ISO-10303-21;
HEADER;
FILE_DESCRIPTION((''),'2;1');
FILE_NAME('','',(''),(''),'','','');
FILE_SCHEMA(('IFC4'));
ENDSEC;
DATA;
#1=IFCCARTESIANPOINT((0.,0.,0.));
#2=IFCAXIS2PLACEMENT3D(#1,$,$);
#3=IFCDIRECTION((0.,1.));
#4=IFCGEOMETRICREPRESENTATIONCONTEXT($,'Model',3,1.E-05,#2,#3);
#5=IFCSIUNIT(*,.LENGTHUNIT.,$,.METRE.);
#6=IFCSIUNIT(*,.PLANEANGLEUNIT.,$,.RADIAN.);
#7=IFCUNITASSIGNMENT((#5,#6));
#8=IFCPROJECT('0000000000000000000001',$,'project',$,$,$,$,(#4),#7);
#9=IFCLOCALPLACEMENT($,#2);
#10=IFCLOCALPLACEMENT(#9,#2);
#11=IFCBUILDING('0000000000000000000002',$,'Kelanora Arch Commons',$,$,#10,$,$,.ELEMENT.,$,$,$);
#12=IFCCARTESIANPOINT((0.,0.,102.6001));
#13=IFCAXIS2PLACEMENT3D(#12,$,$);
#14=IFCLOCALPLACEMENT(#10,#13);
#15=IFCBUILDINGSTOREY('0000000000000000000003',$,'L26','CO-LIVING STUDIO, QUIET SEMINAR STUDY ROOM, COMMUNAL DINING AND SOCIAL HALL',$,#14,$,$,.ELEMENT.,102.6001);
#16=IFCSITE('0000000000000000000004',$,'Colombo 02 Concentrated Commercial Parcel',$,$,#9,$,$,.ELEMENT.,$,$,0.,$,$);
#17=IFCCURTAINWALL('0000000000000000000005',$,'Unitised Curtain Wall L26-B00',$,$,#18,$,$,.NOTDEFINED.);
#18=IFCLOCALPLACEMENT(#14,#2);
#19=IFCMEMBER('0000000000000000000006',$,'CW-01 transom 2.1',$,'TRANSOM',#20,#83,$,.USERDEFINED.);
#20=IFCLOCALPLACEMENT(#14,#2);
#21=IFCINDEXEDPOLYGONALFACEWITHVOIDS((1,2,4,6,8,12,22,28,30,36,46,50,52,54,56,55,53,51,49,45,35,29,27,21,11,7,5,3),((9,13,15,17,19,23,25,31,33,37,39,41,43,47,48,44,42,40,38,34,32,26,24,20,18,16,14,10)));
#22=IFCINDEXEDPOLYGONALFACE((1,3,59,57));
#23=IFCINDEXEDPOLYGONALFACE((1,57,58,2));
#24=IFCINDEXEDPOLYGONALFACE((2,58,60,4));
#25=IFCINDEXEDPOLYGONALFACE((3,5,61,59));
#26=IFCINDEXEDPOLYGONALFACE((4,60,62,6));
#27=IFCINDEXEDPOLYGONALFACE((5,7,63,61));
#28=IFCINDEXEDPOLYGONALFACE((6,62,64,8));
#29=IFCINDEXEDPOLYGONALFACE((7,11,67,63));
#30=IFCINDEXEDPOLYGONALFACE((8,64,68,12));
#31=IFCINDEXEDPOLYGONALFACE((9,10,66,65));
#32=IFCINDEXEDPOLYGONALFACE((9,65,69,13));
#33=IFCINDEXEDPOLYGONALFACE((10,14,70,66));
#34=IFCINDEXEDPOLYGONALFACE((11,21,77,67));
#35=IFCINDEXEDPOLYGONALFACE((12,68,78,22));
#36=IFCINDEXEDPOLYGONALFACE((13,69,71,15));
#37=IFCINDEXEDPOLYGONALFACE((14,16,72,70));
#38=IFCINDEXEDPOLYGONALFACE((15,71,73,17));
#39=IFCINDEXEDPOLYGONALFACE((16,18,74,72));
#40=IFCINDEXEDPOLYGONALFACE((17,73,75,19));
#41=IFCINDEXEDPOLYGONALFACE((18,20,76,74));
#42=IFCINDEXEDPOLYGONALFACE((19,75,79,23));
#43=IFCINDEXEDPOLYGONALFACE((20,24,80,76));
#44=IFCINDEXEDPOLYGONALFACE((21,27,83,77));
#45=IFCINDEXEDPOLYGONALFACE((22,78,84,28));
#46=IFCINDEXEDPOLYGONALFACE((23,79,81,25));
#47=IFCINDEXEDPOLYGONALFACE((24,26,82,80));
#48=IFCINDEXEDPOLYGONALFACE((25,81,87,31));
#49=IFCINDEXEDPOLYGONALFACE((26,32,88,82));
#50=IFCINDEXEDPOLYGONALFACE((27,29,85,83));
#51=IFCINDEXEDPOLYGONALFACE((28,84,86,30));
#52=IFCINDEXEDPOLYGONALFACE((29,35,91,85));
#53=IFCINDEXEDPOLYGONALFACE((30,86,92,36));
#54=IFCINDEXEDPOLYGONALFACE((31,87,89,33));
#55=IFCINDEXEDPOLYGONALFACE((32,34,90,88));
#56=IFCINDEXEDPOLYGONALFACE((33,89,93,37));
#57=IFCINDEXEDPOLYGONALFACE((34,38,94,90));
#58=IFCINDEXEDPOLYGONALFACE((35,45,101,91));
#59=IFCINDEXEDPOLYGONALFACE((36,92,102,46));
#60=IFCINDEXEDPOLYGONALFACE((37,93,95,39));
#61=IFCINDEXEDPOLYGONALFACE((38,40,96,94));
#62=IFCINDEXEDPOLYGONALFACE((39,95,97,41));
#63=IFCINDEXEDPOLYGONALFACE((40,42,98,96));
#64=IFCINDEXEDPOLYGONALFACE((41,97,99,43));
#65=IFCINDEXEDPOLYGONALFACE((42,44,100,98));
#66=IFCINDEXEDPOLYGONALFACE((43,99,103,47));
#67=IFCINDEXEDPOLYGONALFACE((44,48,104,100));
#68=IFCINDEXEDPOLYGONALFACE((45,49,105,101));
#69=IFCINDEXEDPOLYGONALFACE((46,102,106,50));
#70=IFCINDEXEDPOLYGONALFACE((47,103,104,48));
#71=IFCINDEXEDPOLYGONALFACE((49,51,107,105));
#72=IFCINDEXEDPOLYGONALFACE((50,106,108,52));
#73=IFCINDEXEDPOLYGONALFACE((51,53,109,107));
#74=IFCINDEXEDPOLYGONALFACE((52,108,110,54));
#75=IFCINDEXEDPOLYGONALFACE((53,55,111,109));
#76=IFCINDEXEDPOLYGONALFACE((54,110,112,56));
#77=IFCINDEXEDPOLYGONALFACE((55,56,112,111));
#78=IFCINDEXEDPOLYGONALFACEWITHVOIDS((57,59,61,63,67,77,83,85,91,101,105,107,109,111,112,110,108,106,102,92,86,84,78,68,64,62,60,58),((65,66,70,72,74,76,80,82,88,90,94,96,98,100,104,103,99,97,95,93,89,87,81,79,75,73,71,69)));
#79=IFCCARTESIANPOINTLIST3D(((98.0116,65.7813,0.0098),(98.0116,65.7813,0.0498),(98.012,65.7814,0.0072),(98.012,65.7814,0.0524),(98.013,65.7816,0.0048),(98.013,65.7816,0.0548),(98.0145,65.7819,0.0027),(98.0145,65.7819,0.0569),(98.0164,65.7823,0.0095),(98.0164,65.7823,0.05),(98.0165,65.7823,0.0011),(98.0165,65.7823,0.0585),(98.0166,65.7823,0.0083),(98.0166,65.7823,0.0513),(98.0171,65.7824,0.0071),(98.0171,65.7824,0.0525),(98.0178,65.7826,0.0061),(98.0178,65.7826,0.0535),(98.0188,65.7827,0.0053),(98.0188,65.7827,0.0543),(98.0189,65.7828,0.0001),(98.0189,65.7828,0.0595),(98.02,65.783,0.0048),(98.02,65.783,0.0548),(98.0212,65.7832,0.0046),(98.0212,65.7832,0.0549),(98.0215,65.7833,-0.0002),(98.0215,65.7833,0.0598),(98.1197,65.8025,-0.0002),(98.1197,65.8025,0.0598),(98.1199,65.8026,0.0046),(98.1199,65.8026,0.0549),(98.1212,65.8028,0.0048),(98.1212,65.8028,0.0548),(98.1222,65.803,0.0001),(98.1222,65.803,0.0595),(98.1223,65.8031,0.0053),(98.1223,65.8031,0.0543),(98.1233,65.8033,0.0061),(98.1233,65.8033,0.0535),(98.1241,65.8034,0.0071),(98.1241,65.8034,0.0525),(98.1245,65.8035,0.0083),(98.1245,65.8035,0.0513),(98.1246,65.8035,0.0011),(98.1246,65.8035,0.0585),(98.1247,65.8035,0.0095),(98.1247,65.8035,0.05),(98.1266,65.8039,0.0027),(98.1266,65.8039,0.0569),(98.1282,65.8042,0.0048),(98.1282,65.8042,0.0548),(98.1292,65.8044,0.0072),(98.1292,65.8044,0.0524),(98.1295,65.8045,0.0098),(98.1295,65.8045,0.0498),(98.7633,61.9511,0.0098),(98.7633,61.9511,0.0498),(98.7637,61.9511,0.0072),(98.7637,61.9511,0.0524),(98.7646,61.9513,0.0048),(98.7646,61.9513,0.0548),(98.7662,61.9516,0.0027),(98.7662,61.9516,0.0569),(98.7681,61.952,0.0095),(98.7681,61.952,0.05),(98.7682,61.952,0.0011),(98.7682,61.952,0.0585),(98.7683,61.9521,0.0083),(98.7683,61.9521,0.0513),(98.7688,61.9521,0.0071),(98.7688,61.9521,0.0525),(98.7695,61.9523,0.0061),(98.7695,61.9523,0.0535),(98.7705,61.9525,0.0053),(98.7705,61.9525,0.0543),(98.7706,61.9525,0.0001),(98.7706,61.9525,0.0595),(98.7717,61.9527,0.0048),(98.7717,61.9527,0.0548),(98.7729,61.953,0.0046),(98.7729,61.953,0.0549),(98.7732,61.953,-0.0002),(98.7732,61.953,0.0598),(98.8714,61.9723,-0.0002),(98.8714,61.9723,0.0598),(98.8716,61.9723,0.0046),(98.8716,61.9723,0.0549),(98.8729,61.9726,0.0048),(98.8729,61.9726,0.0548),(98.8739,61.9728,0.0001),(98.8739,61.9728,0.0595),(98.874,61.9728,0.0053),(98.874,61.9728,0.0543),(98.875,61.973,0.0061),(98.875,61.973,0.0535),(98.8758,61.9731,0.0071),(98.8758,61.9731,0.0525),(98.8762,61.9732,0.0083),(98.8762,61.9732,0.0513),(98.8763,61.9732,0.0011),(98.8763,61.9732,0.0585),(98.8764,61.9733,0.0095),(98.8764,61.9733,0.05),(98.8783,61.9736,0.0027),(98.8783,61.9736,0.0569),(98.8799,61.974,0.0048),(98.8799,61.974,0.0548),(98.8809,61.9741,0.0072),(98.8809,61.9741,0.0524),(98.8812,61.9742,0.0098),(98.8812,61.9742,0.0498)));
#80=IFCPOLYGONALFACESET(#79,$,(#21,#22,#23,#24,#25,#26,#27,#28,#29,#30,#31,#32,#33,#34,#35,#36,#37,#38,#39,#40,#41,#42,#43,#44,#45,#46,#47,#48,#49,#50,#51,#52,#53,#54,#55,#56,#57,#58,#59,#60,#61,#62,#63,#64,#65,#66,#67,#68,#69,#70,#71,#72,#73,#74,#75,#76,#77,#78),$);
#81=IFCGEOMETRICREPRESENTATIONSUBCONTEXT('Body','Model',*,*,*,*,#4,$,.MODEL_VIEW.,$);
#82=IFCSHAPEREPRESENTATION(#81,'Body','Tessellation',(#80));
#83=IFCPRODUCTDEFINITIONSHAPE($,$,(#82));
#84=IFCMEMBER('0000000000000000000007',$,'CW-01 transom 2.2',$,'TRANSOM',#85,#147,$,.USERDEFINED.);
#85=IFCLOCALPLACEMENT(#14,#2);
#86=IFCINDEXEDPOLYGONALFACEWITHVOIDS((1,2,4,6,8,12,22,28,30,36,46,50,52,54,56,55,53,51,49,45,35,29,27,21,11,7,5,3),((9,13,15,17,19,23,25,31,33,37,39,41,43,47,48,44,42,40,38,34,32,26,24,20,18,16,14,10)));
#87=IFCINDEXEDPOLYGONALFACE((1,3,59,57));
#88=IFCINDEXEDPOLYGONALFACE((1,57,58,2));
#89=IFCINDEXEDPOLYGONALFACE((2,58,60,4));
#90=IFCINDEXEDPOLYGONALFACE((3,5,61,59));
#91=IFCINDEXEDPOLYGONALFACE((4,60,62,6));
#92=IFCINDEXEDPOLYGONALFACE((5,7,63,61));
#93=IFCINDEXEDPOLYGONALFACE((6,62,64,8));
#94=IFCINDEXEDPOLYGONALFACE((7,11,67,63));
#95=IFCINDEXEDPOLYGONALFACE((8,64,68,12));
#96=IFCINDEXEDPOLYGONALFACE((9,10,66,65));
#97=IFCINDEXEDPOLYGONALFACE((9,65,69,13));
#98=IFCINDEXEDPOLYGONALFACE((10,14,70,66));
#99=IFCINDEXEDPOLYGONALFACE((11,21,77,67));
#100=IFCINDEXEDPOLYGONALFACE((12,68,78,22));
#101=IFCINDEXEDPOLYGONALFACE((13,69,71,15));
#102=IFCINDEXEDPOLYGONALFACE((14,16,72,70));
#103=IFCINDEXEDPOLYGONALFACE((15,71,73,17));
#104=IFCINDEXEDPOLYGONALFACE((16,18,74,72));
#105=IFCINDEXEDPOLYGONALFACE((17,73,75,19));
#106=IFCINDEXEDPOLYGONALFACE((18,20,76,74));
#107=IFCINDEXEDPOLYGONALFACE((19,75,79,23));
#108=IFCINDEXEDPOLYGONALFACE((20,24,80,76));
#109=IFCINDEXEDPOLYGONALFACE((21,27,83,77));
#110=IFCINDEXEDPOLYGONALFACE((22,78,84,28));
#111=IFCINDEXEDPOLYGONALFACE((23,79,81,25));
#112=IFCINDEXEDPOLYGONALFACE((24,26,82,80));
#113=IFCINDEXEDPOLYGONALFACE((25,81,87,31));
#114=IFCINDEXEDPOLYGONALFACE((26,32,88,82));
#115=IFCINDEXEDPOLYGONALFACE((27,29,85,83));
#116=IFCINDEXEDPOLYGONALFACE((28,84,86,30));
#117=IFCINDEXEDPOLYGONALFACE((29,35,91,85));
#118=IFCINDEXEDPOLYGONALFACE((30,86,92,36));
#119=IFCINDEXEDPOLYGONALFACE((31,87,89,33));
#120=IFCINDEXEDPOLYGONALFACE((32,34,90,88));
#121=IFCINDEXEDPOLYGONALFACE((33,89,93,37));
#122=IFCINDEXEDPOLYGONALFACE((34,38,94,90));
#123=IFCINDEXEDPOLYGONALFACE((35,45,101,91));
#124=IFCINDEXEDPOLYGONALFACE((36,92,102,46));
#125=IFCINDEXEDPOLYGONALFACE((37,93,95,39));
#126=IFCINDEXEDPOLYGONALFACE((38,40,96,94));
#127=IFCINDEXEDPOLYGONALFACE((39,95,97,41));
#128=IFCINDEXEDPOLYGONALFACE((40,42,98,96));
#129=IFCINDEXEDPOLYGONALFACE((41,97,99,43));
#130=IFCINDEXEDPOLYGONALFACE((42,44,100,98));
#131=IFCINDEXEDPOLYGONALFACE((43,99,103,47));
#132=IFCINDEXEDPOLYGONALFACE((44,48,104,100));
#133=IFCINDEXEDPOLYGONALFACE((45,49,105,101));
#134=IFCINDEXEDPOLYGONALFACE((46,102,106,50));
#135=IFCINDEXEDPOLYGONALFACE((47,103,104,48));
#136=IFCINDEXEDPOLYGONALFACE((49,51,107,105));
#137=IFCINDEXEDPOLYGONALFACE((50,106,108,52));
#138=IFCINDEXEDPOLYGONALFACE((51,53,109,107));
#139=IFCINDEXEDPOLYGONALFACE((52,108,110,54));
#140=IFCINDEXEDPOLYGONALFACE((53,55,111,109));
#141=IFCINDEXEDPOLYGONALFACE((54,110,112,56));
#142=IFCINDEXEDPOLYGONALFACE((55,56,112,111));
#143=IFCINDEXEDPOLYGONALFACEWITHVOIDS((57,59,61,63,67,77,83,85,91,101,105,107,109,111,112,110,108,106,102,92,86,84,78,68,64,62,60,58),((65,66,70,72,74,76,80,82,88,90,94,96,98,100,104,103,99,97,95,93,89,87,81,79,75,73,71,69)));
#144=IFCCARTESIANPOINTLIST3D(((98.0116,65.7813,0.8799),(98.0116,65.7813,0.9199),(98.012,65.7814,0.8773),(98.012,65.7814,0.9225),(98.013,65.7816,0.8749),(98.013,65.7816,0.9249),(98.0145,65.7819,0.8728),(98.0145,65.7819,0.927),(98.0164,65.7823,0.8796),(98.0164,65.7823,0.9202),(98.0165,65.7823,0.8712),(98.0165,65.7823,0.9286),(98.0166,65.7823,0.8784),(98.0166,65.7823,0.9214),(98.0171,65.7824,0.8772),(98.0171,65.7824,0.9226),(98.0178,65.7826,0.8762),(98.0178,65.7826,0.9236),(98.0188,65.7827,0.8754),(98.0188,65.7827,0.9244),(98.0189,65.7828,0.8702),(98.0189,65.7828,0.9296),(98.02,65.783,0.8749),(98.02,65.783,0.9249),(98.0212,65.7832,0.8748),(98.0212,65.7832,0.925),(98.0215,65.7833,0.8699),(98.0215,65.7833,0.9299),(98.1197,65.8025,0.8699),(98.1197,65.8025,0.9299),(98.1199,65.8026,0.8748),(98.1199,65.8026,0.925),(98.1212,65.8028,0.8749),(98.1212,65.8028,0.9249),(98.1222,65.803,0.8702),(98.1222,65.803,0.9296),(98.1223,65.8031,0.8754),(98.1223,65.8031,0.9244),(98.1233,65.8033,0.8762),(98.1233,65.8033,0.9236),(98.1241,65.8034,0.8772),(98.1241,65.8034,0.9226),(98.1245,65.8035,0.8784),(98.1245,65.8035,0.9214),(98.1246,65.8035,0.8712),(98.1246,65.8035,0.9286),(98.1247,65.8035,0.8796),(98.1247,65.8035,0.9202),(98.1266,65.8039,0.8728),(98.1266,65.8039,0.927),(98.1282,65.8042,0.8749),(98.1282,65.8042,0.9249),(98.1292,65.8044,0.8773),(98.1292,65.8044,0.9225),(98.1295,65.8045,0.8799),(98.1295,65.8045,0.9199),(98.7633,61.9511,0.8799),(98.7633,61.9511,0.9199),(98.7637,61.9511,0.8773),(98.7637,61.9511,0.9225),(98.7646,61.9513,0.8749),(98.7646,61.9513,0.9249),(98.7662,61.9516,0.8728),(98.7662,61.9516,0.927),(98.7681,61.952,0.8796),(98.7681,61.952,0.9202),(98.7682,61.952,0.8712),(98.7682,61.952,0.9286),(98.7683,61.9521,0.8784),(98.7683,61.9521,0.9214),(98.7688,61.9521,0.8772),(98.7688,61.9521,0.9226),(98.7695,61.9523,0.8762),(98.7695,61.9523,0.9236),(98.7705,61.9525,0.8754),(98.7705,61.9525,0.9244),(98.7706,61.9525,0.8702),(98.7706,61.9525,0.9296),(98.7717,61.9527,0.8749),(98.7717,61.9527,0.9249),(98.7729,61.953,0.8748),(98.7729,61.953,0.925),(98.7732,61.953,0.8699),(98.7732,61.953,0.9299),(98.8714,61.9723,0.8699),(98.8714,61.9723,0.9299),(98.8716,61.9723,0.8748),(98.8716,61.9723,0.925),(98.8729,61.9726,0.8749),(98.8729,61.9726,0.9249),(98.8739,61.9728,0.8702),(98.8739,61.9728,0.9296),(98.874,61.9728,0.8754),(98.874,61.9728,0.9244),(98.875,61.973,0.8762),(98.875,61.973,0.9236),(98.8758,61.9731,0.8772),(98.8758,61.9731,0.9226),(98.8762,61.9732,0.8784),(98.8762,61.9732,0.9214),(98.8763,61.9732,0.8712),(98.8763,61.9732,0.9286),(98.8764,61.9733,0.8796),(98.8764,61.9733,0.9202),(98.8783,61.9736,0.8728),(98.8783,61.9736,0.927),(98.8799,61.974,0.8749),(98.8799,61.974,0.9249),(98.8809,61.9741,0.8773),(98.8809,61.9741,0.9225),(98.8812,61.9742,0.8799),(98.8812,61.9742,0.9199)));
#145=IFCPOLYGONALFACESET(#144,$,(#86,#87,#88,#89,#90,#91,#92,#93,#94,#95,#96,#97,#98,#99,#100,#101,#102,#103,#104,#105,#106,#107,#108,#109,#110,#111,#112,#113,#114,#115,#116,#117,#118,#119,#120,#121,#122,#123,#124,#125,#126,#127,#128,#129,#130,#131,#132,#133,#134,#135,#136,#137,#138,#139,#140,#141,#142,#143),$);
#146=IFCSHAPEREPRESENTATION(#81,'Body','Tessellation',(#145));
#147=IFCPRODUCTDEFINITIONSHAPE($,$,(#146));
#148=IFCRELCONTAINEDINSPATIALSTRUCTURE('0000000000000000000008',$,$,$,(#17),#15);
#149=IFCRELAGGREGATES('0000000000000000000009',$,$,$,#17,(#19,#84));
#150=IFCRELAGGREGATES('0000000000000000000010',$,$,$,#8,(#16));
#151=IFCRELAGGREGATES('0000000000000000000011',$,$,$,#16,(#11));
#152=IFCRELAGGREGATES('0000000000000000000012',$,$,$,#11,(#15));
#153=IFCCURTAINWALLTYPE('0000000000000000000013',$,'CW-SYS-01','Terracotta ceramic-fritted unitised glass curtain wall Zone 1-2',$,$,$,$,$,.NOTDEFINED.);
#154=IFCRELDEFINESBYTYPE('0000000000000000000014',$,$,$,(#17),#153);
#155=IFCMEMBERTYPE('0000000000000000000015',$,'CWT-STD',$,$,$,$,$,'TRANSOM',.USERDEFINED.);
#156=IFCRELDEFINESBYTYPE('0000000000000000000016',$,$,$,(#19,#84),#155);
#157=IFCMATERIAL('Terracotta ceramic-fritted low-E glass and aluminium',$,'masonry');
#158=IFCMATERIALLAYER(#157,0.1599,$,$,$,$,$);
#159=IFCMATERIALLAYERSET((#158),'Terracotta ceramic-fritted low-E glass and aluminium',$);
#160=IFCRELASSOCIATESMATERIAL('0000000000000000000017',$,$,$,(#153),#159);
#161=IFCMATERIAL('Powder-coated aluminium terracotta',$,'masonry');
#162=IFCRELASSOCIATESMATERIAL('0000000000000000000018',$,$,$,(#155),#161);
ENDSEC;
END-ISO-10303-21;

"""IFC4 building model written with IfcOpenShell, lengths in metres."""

from ifc_helpers import new_model, si_unit, direction, frame, origin, origin_2d, place, context, subcontext, project, spatial, hollow_rectangle, extrude, material, layer, layer_set, material_profile, profile_set, type_object, element, aggregate, save


model = new_model("IFC4")

# Units and contexts
model_context = context("Model", 3, precision=1e-05, world=origin(), true_north=direction((0.0, 1.0)))
body_context = subcontext(model_context, "Body", "Model", "MODEL_VIEW")
ifc_project = project(units=[si_unit("LENGTHUNIT", "METRE"), si_unit("PLANEANGLEUNIT", "RADIAN")], contexts=[model_context])

# Site, building, storey
site_placement = place(None, origin())
site = spatial("IfcSite", under=ifc_project, at=site_placement, Name="Colombo 02 Concentrated Commercial Parcel", CompositionType="ELEMENT", RefElevation=0.0)
building_placement = place(site_placement, origin())
building = spatial("IfcBuilding", under=site, at=building_placement, Name="Kelanora Arch Commons", CompositionType="ELEMENT")
storey_placement = place(building_placement, frame((0.0, 0.0, 102.6001)))
storey = spatial("IfcBuildingStorey", under=building, at=storey_placement, Name="L26", Description="CO-LIVING STUDIO, QUIET SEMINAR STUDY ROOM, COMMUNAL DINING AND SOCIAL HALL", CompositionType="ELEMENT", Elevation=102.6001)

# Curtain wall, members
ifc_material_1 = material(Name="Terracotta ceramic-fritted low-E glass and aluminium", Category="masonry")
ifc_layer_1 = layer(ifc_material_1, 0.1599)
ifc_layer_set_1 = layer_set([ifc_layer_1], Name="Terracotta ceramic-fritted low-E glass and aluminium")
curtain_wall_type = type_object("IfcCurtainWallType", Name="CW-SYS-01", Description="Terracotta ceramic-fritted unitised glass curtain wall Zone 1-2", PredefinedType="NOTDEFINED", material=ifc_layer_set_1)
curtain_wall_placement = place(storey_placement, origin())
curtain_wall = element("IfcCurtainWall", 1, at=curtain_wall_placement, inside=storey, type_object=curtain_wall_type, Name="Unitised Curtain Wall L26-B00", PredefinedType="NOTDEFINED")
ifc_material_2 = material(Name="Powder-coated aluminium terracotta", Category="masonry")
ifc_material_profile_1 = material_profile(ifc_material_2, hollow_rectangle(XDim=0.1201, YDim=0.0601, WallThickness=0.0049, InnerFilletRadius=0.0049, OuterFilletRadius=0.01, at=origin_2d()), Name="CWT120x60")
ifc_profile_set_1 = profile_set([ifc_material_profile_1], Name="Powder-coated aluminium terracotta")
member_type_1 = type_object("IfcMemberType", Name="CWT-STD", ElementType="TRANSOM", PredefinedType="USERDEFINED", material=ifc_profile_set_1)
member_1_placement = place(storey_placement, frame((98.8223, 61.9626, 0.0298), z_axis=(-0.192579, 0.981282, 0.0), x_axis=(-0.981282, -0.192579, 0.0)))
member_1 = element("IfcMember", 2, at=member_1_placement, type_object=member_type_1, Name="CW-01 transom 2.1", ObjectType="TRANSOM", PredefinedType="USERDEFINED", context=body_context, shape_type="SweptSolid", body=[
    extrude(hollow_rectangle(XDim=0.1201, YDim=0.0601, WallThickness=0.0049, InnerFilletRadius=0.0049, OuterFilletRadius=0.01, at=origin_2d()), origin(), (0.0, 0.0, 1.0), 3.9033),
])
member_2_placement = place(storey_placement, frame((98.8223, 61.9626, 0.8999), z_axis=(-0.192579, 0.981282, 0.0), x_axis=(-0.981282, -0.192579, 0.0)))
member_2 = element("IfcMember", 3, at=member_2_placement, type_object=member_type_1, Name="CW-01 transom 2.2", ObjectType="TRANSOM", PredefinedType="USERDEFINED", context=body_context, shape_type="SweptSolid", body=[
    extrude(hollow_rectangle(XDim=0.1201, YDim=0.0601, WallThickness=0.0049, InnerFilletRadius=0.0049, OuterFilletRadius=0.01, at=origin_2d()), origin(), (0.0, 0.0, 1.0), 3.9033),
])
aggregate(curtain_wall, [member_1, member_2])

save(model, "model.ifc")
